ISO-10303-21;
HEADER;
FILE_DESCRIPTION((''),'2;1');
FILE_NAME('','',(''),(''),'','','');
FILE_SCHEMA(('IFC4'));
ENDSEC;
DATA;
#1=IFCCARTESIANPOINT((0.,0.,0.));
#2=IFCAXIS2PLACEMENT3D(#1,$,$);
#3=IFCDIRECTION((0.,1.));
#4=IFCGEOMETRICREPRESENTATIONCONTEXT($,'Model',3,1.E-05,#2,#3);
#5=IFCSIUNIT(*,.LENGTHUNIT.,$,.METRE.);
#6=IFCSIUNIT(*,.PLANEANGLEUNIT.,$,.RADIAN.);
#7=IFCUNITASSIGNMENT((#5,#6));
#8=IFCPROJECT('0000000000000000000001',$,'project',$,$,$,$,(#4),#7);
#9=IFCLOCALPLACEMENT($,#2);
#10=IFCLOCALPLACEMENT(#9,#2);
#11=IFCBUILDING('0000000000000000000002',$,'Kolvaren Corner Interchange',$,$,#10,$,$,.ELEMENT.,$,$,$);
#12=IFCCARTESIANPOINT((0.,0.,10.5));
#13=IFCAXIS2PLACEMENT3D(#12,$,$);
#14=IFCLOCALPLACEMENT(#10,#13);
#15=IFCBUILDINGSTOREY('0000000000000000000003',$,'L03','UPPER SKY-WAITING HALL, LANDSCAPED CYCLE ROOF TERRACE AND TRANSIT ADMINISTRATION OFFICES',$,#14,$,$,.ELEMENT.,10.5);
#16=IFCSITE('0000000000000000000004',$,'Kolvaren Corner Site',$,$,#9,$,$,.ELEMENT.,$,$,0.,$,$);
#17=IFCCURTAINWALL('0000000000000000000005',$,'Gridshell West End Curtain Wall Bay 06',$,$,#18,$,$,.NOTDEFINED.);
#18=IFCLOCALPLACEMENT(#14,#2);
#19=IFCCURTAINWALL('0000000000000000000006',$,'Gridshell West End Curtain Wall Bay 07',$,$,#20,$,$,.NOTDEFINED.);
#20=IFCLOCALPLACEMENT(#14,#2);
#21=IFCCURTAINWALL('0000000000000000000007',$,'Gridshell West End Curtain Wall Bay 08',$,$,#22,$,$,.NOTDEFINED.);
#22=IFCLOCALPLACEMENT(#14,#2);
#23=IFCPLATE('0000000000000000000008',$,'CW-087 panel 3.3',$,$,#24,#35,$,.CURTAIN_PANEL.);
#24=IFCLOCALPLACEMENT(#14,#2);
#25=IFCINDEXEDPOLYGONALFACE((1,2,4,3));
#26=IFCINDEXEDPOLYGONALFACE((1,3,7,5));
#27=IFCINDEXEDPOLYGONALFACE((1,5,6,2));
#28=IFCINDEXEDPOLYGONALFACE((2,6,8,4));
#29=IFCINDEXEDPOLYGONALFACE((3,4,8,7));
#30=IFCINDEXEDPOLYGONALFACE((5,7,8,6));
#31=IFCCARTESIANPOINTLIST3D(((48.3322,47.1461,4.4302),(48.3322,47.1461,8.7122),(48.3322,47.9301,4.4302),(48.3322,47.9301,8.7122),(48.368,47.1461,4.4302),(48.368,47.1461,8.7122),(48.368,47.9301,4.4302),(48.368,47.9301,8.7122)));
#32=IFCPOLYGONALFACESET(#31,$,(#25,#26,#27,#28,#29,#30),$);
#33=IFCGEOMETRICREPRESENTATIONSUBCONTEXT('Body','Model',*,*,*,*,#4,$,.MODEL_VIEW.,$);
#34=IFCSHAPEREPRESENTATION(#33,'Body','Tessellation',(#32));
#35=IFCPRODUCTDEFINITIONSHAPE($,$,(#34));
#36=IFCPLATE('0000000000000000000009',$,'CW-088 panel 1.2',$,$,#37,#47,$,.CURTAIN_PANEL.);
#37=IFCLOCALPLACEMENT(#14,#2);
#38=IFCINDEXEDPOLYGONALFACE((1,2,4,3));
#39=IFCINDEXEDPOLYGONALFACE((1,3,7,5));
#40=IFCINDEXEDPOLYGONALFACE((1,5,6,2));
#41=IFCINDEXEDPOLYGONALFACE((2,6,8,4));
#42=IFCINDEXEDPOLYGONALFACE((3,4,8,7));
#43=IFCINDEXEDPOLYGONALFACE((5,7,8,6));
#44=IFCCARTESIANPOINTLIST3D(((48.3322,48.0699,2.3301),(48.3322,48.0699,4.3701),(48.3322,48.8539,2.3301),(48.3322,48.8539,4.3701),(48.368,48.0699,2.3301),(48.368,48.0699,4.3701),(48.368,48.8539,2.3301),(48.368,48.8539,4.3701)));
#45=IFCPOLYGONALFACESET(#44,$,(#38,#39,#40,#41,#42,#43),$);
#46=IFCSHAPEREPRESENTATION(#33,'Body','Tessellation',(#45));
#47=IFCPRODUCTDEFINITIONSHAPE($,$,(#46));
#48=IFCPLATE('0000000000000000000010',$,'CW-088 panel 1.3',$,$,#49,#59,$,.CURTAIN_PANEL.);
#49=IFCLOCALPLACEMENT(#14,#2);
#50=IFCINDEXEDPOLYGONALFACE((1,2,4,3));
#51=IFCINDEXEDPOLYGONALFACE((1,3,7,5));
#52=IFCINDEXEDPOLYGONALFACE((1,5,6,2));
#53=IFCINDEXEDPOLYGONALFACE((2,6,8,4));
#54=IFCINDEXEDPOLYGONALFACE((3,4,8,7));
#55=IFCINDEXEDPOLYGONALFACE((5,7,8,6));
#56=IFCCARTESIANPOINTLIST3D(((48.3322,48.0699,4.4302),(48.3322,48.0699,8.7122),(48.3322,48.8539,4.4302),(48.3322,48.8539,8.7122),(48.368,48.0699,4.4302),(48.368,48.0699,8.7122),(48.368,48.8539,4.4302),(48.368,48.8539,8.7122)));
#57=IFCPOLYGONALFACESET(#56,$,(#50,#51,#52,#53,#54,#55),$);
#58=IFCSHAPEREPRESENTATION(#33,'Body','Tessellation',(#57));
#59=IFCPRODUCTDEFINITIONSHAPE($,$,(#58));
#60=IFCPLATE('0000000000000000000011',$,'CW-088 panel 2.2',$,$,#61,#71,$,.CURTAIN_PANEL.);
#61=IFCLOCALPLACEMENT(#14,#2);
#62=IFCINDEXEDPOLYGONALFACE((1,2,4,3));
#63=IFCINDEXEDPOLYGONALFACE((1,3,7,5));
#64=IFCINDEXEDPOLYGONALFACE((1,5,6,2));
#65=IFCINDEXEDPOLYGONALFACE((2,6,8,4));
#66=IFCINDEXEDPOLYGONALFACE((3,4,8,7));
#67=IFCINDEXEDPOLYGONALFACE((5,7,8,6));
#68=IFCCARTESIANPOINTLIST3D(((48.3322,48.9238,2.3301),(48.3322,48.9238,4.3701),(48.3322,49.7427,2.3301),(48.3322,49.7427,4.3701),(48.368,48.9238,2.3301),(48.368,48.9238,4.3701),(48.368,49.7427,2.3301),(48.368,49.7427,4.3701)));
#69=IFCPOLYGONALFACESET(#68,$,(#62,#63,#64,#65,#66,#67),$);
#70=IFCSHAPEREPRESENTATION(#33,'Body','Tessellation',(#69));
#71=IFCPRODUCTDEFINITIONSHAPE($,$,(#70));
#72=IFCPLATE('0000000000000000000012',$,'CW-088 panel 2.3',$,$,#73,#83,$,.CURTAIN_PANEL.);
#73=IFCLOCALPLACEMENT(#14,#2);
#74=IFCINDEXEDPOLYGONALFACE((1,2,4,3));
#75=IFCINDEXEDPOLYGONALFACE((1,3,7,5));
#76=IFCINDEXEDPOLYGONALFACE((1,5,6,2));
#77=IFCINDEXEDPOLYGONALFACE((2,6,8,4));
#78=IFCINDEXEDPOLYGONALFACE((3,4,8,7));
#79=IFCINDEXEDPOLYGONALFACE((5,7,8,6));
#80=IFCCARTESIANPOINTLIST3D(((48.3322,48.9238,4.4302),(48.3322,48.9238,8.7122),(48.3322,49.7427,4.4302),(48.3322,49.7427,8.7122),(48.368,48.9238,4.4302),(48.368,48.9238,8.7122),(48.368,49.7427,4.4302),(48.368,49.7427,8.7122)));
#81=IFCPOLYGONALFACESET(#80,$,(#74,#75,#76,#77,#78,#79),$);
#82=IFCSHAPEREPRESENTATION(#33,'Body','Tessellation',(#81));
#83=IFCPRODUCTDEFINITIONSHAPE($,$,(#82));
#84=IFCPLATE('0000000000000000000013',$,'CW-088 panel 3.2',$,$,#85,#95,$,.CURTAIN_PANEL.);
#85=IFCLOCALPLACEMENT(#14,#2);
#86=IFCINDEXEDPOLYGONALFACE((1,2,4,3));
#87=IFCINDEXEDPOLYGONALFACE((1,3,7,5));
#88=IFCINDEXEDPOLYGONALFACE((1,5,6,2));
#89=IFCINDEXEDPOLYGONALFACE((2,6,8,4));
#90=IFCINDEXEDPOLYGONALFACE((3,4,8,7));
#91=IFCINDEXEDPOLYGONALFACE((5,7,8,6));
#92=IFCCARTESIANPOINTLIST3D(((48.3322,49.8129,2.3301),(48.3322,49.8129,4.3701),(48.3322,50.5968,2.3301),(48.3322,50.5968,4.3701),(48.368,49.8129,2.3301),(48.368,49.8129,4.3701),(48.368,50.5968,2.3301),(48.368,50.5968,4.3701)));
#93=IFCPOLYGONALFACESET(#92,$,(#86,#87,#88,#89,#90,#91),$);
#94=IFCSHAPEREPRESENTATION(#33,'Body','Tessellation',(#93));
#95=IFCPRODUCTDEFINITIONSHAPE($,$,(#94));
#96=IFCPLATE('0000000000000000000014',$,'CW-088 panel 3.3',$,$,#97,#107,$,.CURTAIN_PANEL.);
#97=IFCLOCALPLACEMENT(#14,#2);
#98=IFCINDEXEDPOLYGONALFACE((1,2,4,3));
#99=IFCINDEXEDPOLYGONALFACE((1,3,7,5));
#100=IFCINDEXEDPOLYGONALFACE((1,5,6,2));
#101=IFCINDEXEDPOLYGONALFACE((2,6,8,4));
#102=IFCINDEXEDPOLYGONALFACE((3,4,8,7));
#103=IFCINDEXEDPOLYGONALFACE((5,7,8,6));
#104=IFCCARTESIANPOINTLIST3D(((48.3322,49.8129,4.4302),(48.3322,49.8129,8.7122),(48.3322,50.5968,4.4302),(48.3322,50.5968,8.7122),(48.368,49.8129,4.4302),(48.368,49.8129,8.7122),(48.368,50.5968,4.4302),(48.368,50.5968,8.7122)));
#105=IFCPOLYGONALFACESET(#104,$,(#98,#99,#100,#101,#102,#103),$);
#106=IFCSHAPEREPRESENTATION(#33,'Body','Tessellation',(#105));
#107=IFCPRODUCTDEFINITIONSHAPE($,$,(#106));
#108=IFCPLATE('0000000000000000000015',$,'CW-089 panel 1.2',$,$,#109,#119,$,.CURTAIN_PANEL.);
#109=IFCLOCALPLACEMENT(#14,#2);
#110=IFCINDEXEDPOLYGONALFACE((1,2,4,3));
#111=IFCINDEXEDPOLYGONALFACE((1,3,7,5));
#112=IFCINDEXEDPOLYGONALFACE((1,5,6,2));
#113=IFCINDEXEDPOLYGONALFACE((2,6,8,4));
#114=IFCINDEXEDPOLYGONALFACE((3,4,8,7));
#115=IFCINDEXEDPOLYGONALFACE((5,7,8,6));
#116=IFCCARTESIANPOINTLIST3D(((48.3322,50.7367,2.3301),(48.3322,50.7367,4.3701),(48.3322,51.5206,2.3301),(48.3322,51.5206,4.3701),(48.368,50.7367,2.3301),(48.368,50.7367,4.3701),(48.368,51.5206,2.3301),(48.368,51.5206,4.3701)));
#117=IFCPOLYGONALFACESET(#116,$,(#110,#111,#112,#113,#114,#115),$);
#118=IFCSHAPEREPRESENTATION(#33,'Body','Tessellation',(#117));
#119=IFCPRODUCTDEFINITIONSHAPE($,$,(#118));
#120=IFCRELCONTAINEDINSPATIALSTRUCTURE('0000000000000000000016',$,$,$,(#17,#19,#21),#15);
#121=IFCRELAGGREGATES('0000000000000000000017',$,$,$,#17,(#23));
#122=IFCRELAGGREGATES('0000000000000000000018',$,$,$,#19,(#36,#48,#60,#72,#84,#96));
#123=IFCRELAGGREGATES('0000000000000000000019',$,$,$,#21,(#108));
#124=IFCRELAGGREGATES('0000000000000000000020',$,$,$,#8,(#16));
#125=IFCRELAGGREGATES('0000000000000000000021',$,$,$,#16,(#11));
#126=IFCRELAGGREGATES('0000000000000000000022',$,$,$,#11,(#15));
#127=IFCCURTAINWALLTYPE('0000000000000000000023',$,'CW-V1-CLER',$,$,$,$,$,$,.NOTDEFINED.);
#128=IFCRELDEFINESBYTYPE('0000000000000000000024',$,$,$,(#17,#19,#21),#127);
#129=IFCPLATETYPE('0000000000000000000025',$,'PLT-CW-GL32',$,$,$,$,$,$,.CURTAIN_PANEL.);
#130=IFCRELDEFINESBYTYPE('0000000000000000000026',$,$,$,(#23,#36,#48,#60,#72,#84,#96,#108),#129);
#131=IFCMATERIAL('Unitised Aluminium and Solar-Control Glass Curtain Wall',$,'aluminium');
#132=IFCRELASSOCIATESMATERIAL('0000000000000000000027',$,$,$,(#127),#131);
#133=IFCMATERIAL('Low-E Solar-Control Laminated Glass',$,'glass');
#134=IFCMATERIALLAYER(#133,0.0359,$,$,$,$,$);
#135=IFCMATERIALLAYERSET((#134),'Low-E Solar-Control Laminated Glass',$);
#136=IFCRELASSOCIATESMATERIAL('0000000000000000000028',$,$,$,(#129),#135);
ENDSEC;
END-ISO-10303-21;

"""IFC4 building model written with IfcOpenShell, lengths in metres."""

from ifc_helpers import new_model, si_unit, direction, frame, origin, origin_2d, place, context, subcontext, project, spatial, rectangle, extrude, material, layer, layer_set, type_object, element, aggregate, save


model = new_model("IFC4")

# Units and contexts
model_context = context("Model", 3, precision=1e-05, world=origin(), true_north=direction((0.0, 1.0)))
body_context = subcontext(model_context, "Body", "Model", "MODEL_VIEW")
ifc_project = project(units=[si_unit("LENGTHUNIT", "METRE"), si_unit("PLANEANGLEUNIT", "RADIAN")], contexts=[model_context])

# Site, building, storey
site_placement = place(None, origin())
site = spatial("IfcSite", under=ifc_project, at=site_placement, Name="Kolvaren Corner Site", CompositionType="ELEMENT", RefElevation=0.0)
building_placement = place(site_placement, origin())
building = spatial("IfcBuilding", under=site, at=building_placement, Name="Kolvaren Corner Interchange", CompositionType="ELEMENT")
storey_placement = place(building_placement, frame((0.0, 0.0, 10.5)))
storey = spatial("IfcBuildingStorey", under=building, at=storey_placement, Name="L03", Description="UPPER SKY-WAITING HALL, LANDSCAPED CYCLE ROOF TERRACE AND TRANSIT ADMINISTRATION OFFICES", CompositionType="ELEMENT", Elevation=10.5)

# Curtain walls
ifc_material_1 = material(Name="Unitised Aluminium and Solar-Control Glass Curtain Wall", Category="aluminium")
curtain_wall_type = type_object("IfcCurtainWallType", Name="CW-V1-CLER", PredefinedType="NOTDEFINED", material=ifc_material_1)
curtain_wall_1_placement = place(storey_placement, origin())
curtain_wall_1 = element("IfcCurtainWall", 1, at=curtain_wall_1_placement, inside=storey, type_object=curtain_wall_type, Name="Gridshell West End Curtain Wall Bay 06", PredefinedType="NOTDEFINED")
curtain_wall_2_placement = place(storey_placement, origin())
curtain_wall_2 = element("IfcCurtainWall", 2, at=curtain_wall_2_placement, inside=storey, type_object=curtain_wall_type, Name="Gridshell West End Curtain Wall Bay 07", PredefinedType="NOTDEFINED")
curtain_wall_3_placement = place(storey_placement, origin())
curtain_wall_3 = element("IfcCurtainWall", 3, at=curtain_wall_3_placement, inside=storey, type_object=curtain_wall_type, Name="Gridshell West End Curtain Wall Bay 08", PredefinedType="NOTDEFINED")

# Plates
ifc_material_2 = material(Name="Low-E Solar-Control Laminated Glass", Category="glass")
ifc_layer = layer(ifc_material_2, 0.0359)
ifc_layer_set = layer_set([ifc_layer], Name="Low-E Solar-Control Laminated Glass")
plate_type = type_object("IfcPlateType", Name="PLT-CW-GL32", PredefinedType="CURTAIN_PANEL", material=ifc_layer_set)
plate_1_placement = place(storey_placement, frame((48.3501, 47.5381, 4.4302), z_axis=(0.0, 0.0, 1.0), x_axis=(0.0, 1.0, 0.0)))
plate_1 = element("IfcPlate", 4, at=plate_1_placement, type_object=plate_type, Name="CW-087 panel 3.3", PredefinedType="CURTAIN_PANEL", context=body_context, shape_type="SweptSolid", body=[
    extrude(rectangle(XDim=0.7839, YDim=0.0359, at=origin_2d()), origin(), (0.0, 0.0, 1.0), 4.282),
])
aggregate(curtain_wall_1, [plate_1])
plate_2_placement = place(storey_placement, frame((48.3501, 48.4619, 2.3301), z_axis=(0.0, 0.0, 1.0), x_axis=(0.0, 1.0, 0.0)))
plate_2 = element("IfcPlate", 5, at=plate_2_placement, type_object=plate_type, Name="CW-088 panel 1.2", PredefinedType="CURTAIN_PANEL", context=body_context, shape_type="SweptSolid", body=[
    extrude(rectangle(XDim=0.7839, YDim=0.0359, at=origin_2d()), origin(), (0.0, 0.0, 1.0), 2.04),
])
plate_3_placement = place(storey_placement, frame((48.3501, 48.4619, 4.4302), z_axis=(0.0, 0.0, 1.0), x_axis=(0.0, 1.0, 0.0)))
plate_3 = element("IfcPlate", 6, at=plate_3_placement, type_object=plate_type, Name="CW-088 panel 1.3", PredefinedType="CURTAIN_PANEL", context=body_context, shape_type="SweptSolid", body=[
    extrude(rectangle(XDim=0.7839, YDim=0.0359, at=origin_2d()), origin(), (0.0, 0.0, 1.0), 4.282),
])
plate_4_placement = place(storey_placement, frame((48.3501, 49.3333, 2.3301), z_axis=(0.0, 0.0, 1.0), x_axis=(0.0, 1.0, 0.0)))
plate_4 = element("IfcPlate", 7, at=plate_4_placement, type_object=plate_type, Name="CW-088 panel 2.2", PredefinedType="CURTAIN_PANEL", context=body_context, shape_type="SweptSolid", body=[
    extrude(rectangle(XDim=0.8188, YDim=0.0359, at=origin_2d()), origin(), (0.0, 0.0, 1.0), 2.04),
])
plate_5_placement = place(storey_placement, frame((48.3501, 49.3333, 4.4302), z_axis=(0.0, 0.0, 1.0), x_axis=(0.0, 1.0, 0.0)))
plate_5 = element("IfcPlate", 8, at=plate_5_placement, type_object=plate_type, Name="CW-088 panel 2.3", PredefinedType="CURTAIN_PANEL", context=body_context, shape_type="SweptSolid", body=[
    extrude(rectangle(XDim=0.8188, YDim=0.0359, at=origin_2d()), origin(), (0.0, 0.0, 1.0), 4.282),
])
plate_6_placement = place(storey_placement, frame((48.3501, 50.2048, 2.3301), z_axis=(0.0, 0.0, 1.0), x_axis=(0.0, 1.0, 0.0)))
plate_6 = element("IfcPlate", 9, at=plate_6_placement, type_object=plate_type, Name="CW-088 panel 3.2", PredefinedType="CURTAIN_PANEL", context=body_context, shape_type="SweptSolid", body=[
    extrude(rectangle(XDim=0.7839, YDim=0.0359, at=origin_2d()), origin(), (0.0, 0.0, 1.0), 2.04),
])
plate_7_placement = place(storey_placement, frame((48.3501, 50.2048, 4.4302), z_axis=(0.0, 0.0, 1.0), x_axis=(0.0, 1.0, 0.0)))
plate_7 = element("IfcPlate", 10, at=plate_7_placement, type_object=plate_type, Name="CW-088 panel 3.3", PredefinedType="CURTAIN_PANEL", context=body_context, shape_type="SweptSolid", body=[
    extrude(rectangle(XDim=0.7839, YDim=0.0359, at=origin_2d()), origin(), (0.0, 0.0, 1.0), 4.282),
])
aggregate(curtain_wall_2, [plate_2, plate_3, plate_4, plate_5, plate_6, plate_7])
plate_8_placement = place(storey_placement, frame((48.3501, 51.1287, 2.3301), z_axis=(0.0, 0.0, 1.0), x_axis=(0.0, 1.0, 0.0)))
plate_8 = element("IfcPlate", 11, at=plate_8_placement, type_object=plate_type, Name="CW-089 panel 1.2", PredefinedType="CURTAIN_PANEL", context=body_context, shape_type="SweptSolid", body=[
    extrude(rectangle(XDim=0.7839, YDim=0.0359, at=origin_2d()), origin(), (0.0, 0.0, 1.0), 2.04),
])
aggregate(curtain_wall_3, [plate_8])

save(model, "model.ifc")
